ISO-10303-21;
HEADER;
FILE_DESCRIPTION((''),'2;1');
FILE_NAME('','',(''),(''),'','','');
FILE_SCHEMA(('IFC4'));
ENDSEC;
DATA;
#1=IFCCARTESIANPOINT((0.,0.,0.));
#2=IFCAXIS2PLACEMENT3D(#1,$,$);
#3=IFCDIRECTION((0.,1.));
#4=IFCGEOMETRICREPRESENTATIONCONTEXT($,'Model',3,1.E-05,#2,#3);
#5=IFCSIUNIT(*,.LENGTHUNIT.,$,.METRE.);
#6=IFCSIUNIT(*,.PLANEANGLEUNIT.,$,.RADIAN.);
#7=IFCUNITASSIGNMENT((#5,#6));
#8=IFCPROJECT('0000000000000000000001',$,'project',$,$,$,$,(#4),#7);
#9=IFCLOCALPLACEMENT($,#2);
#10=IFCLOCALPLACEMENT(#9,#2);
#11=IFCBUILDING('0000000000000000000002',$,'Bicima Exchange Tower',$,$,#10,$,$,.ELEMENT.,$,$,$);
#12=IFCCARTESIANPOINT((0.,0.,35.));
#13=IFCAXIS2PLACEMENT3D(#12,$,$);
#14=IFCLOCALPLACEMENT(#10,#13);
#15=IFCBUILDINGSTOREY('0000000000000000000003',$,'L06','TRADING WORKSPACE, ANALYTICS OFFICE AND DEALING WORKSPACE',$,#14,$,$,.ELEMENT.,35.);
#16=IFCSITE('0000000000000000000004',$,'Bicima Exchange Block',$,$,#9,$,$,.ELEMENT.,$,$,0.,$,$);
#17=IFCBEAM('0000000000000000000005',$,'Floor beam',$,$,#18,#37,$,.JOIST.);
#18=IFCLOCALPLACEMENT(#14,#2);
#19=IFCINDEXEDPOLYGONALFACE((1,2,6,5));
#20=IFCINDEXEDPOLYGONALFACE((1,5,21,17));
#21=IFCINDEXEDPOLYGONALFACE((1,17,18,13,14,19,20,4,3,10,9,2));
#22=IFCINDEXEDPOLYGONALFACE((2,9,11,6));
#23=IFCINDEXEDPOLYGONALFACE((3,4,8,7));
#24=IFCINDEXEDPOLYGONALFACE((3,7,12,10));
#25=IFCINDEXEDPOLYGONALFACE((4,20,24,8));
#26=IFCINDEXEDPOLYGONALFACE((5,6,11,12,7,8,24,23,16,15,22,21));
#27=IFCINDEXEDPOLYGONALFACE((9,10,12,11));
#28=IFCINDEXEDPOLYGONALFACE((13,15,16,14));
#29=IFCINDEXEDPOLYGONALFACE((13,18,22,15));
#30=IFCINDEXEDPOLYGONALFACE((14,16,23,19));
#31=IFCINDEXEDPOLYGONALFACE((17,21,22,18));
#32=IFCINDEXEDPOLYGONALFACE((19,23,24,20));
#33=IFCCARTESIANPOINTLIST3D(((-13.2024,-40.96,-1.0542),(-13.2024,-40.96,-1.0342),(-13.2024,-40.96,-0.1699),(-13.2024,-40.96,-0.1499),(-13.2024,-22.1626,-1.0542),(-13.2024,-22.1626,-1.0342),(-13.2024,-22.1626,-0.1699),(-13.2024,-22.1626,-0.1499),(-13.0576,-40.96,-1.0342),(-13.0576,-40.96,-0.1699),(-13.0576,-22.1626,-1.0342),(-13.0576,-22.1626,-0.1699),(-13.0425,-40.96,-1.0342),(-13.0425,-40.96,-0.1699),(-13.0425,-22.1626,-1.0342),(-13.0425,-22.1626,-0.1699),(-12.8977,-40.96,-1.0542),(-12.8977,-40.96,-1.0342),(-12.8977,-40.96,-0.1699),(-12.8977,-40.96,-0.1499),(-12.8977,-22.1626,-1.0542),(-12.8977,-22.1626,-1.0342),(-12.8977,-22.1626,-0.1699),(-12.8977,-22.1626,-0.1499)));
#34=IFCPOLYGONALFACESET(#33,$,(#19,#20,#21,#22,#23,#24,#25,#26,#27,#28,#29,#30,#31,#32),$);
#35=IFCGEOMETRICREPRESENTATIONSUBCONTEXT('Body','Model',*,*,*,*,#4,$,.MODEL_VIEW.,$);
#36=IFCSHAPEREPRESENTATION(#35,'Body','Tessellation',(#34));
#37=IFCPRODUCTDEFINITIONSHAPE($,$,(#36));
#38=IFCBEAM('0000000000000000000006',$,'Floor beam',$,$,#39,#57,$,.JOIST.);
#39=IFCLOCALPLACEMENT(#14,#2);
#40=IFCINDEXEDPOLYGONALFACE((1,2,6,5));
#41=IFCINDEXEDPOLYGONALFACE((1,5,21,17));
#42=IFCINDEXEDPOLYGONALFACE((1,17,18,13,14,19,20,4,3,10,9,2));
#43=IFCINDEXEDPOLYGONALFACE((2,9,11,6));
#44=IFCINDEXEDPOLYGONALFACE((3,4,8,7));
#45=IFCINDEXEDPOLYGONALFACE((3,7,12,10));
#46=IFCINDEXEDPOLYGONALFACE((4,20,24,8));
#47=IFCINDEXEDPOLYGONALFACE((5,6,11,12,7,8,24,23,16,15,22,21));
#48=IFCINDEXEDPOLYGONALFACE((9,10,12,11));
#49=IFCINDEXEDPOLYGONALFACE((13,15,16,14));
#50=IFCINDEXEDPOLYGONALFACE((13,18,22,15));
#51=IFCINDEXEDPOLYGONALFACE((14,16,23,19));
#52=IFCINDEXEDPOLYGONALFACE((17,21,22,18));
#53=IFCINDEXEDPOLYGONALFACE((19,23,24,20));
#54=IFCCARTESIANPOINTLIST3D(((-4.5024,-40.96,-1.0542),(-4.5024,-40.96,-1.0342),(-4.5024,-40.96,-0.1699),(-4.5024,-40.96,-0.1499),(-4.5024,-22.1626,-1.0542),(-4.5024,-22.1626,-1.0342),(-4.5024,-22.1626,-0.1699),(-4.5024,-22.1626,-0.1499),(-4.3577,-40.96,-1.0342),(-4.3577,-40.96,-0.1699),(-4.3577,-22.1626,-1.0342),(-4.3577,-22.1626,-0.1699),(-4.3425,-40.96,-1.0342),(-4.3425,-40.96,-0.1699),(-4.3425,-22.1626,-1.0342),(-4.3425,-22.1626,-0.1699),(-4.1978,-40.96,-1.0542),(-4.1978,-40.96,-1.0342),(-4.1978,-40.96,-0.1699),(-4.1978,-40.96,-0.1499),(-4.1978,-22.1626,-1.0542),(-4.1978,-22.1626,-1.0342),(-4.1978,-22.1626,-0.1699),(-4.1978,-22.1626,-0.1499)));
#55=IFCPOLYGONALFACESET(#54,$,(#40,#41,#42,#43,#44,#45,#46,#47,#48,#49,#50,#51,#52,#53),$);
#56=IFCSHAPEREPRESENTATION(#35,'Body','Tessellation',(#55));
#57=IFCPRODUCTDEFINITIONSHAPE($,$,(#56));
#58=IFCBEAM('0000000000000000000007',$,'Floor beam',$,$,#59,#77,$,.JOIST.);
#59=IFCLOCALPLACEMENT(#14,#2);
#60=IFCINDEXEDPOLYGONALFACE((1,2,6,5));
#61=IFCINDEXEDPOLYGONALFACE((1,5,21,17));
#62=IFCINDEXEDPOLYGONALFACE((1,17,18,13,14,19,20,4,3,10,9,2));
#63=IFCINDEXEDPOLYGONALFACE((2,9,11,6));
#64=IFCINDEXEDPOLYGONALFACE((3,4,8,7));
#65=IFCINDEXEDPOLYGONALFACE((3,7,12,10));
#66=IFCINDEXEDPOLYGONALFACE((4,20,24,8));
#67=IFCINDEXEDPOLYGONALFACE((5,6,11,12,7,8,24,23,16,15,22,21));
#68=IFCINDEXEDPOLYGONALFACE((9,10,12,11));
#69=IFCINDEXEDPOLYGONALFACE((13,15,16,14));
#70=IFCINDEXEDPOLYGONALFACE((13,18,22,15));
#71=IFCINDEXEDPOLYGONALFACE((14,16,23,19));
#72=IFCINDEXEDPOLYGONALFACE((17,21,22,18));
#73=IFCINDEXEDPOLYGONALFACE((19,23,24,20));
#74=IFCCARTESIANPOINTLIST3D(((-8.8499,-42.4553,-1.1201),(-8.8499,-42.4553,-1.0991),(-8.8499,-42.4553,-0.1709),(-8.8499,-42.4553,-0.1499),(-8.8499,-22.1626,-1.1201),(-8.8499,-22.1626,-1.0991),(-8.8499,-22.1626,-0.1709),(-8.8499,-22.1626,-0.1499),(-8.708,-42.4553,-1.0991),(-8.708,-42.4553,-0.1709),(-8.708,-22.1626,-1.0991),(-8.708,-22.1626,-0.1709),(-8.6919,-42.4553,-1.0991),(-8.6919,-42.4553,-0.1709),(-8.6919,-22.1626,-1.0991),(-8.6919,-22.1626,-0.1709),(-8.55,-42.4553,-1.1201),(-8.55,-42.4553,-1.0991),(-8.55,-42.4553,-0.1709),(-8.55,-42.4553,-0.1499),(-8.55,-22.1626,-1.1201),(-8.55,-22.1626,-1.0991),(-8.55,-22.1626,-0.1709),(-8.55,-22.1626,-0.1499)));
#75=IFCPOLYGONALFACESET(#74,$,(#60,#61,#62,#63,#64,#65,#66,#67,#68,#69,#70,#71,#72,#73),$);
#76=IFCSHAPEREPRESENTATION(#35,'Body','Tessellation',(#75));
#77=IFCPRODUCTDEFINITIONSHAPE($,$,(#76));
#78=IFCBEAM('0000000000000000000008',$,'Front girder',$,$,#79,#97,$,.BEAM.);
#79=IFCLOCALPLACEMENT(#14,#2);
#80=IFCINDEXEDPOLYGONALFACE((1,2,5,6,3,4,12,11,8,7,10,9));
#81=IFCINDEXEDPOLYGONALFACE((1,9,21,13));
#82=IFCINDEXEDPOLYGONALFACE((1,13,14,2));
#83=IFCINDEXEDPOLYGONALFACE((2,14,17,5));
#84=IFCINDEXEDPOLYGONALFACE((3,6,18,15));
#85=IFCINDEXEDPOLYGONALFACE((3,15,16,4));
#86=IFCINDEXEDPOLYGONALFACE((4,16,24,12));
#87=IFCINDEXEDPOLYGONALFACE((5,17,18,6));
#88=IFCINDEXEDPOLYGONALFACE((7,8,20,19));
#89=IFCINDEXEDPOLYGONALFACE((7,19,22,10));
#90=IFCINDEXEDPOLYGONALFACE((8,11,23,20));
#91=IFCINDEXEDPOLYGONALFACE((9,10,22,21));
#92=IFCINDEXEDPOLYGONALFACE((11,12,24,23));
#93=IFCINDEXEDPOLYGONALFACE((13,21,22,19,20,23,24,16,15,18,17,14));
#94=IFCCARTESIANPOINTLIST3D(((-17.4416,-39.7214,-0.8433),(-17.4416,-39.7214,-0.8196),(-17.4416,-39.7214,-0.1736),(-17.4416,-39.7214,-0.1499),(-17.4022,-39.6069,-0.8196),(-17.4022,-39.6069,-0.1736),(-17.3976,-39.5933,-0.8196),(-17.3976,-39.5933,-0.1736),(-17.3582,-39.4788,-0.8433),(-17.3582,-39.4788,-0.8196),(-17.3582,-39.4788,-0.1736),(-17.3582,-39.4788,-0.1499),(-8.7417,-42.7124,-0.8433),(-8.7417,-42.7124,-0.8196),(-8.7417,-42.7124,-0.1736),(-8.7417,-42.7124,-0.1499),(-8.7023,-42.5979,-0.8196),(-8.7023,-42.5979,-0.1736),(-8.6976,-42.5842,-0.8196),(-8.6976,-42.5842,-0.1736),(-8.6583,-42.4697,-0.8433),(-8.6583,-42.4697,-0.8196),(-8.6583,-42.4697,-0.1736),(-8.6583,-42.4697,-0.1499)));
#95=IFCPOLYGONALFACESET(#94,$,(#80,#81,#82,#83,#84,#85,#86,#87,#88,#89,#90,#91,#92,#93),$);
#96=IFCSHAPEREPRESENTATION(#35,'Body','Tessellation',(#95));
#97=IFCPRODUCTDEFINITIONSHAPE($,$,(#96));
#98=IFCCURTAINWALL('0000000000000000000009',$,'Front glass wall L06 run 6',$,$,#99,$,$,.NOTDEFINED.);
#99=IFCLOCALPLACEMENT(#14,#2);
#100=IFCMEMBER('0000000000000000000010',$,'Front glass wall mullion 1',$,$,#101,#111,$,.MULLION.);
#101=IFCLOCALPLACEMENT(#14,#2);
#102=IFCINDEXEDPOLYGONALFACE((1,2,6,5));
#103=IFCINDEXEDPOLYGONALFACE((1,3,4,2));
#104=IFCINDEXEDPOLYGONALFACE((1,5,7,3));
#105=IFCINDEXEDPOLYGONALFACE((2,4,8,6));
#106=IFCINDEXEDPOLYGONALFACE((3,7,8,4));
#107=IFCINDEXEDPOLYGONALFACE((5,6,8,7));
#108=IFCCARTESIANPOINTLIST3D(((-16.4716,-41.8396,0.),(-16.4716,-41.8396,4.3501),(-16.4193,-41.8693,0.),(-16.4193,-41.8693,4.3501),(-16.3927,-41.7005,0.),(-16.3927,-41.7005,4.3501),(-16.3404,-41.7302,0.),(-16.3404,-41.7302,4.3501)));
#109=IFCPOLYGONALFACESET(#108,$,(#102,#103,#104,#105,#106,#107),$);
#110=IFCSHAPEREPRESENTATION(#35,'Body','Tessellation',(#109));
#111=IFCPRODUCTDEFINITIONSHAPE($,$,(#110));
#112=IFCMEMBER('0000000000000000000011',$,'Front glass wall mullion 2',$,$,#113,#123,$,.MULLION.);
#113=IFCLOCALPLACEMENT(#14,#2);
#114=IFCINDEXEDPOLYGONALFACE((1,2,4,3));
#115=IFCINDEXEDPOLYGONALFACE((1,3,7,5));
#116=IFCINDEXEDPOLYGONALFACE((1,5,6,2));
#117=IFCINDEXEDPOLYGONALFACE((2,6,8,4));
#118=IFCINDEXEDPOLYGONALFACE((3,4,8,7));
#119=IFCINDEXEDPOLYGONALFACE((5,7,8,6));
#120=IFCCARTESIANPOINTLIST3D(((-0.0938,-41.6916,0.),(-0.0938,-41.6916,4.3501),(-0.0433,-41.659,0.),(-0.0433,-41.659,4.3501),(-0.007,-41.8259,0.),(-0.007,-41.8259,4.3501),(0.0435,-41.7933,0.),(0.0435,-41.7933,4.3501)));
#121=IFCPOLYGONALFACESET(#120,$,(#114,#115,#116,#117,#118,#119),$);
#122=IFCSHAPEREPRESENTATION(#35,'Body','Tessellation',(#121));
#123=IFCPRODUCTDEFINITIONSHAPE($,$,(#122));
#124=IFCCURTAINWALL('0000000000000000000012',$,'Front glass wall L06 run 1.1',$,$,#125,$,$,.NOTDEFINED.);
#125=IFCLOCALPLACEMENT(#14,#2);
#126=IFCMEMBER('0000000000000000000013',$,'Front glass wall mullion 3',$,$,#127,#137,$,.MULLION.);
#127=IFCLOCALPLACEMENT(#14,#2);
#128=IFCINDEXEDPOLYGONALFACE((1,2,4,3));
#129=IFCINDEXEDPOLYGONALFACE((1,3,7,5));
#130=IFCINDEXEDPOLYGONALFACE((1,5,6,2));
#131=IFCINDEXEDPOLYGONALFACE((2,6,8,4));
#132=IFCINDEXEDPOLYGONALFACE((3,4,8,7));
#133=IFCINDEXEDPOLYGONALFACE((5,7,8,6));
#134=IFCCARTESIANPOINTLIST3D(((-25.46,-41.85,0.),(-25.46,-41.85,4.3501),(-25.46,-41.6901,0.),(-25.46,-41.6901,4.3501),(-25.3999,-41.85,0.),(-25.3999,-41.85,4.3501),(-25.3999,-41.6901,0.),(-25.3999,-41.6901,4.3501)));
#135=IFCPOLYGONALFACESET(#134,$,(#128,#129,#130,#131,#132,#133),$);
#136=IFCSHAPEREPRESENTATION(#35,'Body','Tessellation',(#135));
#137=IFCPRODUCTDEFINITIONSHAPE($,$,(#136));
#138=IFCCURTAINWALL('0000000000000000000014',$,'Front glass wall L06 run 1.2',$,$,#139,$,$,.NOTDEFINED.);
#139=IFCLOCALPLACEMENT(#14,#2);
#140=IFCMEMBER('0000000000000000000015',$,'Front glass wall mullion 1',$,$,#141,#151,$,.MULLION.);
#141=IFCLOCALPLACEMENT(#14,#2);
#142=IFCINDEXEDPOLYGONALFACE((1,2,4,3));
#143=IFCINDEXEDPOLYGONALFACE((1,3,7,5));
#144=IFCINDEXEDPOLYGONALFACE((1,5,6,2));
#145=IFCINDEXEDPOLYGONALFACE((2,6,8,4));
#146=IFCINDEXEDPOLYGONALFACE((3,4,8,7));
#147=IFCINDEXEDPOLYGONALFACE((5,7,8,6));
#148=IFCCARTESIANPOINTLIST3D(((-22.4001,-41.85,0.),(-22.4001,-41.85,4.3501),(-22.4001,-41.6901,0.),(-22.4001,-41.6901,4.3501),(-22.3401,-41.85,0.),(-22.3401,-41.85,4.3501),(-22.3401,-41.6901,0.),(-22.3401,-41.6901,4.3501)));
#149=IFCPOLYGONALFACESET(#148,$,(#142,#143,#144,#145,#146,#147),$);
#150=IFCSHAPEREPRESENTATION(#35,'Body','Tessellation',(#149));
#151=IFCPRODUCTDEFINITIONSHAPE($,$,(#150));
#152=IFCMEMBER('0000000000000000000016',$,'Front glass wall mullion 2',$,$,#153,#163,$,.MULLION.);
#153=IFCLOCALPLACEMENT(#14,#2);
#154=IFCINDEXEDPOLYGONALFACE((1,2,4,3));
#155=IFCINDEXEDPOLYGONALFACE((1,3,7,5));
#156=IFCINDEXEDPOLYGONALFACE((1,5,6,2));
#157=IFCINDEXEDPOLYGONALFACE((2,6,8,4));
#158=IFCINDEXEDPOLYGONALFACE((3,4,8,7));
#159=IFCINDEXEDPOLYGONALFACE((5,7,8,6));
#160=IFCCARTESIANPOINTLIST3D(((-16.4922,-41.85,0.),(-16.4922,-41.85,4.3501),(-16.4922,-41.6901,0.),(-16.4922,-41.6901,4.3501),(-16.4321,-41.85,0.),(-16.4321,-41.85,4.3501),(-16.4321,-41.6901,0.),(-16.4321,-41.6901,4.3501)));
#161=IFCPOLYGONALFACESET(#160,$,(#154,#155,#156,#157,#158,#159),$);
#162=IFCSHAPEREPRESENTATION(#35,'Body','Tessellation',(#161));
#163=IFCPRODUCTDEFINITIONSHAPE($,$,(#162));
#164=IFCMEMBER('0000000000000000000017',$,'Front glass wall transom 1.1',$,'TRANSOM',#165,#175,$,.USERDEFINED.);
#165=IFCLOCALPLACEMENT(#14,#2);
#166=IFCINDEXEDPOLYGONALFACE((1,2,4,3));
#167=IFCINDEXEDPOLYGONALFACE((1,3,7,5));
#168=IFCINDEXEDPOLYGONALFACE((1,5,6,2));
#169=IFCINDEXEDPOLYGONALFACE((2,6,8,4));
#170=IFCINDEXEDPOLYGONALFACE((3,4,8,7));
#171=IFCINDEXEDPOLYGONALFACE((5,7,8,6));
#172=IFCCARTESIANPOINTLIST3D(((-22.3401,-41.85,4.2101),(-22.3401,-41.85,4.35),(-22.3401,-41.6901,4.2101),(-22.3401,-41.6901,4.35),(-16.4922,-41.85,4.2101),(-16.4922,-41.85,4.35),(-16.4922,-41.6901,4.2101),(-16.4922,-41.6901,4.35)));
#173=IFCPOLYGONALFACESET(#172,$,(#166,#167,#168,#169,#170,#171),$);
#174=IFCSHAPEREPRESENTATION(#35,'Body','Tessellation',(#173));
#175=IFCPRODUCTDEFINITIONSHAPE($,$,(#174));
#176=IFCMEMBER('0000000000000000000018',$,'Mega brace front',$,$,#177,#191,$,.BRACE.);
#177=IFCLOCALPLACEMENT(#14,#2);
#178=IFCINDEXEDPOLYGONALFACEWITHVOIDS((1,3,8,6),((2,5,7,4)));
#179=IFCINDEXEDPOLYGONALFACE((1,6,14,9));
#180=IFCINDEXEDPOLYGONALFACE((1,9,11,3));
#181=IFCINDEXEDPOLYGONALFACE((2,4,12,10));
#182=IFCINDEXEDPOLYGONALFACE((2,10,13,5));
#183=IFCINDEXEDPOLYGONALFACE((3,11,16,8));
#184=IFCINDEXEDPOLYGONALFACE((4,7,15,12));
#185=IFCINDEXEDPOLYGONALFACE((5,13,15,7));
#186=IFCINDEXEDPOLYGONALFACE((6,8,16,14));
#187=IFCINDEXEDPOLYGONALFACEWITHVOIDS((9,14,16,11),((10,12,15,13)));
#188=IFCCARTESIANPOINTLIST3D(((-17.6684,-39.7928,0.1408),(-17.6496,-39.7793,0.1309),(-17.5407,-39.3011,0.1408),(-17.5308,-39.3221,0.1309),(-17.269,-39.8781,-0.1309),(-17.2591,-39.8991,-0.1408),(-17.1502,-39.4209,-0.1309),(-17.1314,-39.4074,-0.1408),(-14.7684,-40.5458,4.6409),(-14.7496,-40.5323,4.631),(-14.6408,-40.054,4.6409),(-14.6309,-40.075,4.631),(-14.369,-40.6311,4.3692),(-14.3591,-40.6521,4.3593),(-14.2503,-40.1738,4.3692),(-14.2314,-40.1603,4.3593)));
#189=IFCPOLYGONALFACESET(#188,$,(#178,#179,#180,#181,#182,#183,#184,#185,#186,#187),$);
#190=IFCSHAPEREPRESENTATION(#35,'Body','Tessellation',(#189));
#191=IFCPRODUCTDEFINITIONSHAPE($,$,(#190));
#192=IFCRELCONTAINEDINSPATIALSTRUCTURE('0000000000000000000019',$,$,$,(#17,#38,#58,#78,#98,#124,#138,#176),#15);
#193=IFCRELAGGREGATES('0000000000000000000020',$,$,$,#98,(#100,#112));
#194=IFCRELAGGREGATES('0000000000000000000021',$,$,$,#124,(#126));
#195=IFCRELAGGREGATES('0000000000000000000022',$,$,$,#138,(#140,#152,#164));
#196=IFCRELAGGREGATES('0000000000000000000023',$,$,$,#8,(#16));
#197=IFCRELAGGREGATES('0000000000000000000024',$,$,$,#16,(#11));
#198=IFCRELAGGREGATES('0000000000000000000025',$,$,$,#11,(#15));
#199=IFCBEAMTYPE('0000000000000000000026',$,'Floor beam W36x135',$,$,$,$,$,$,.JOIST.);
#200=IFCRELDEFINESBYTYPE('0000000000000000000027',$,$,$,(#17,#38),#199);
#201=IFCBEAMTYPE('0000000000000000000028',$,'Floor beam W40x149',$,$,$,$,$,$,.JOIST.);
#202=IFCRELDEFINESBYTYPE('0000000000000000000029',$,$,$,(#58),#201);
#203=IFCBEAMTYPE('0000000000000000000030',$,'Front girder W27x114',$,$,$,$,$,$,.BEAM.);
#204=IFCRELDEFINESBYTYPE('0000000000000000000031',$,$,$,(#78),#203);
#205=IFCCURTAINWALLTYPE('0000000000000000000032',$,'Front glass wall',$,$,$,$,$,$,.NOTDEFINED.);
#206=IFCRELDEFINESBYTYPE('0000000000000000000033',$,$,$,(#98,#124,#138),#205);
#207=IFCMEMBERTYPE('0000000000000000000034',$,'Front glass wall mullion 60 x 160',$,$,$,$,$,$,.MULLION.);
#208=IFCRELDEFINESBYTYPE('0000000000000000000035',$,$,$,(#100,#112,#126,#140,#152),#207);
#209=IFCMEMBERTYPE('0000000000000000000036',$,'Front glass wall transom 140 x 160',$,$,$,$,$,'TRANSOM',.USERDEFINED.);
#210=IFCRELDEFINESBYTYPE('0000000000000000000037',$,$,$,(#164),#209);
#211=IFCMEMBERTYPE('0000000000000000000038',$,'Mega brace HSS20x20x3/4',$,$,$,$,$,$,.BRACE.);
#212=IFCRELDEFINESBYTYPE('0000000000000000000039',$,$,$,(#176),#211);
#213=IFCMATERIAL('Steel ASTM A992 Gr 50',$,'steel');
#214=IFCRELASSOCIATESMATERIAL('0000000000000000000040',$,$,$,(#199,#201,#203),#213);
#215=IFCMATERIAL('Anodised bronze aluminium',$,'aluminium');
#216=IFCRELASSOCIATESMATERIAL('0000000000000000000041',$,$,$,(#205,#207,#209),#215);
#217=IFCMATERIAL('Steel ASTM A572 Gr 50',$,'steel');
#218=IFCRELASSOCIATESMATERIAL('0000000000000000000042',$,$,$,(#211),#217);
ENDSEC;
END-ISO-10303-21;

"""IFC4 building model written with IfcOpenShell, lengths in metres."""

from ifc_helpers import new_model, si_unit, direction, frame, origin, origin_2d, place, context, subcontext, project, spatial, rectangle, hollow_rectangle, i_section, extrude, material, material_profile, profile_set, type_object, element, aggregate, save


model = new_model("IFC4")

# Units and contexts
model_context = context("Model", 3, precision=1e-05, world=origin(), true_north=direction((0.0, 1.0)))
body_context = subcontext(model_context, "Body", "Model", "MODEL_VIEW")
ifc_project = project(units=[si_unit("LENGTHUNIT", "METRE"), si_unit("PLANEANGLEUNIT", "RADIAN")], contexts=[model_context])

# Site, building, storey
site_placement = place(None, origin())
site = spatial("IfcSite", under=ifc_project, at=site_placement, Name="Bicima Exchange Block", CompositionType="ELEMENT", RefElevation=0.0)
building_placement = place(site_placement, origin())
building = spatial("IfcBuilding", under=site, at=building_placement, Name="Bicima Exchange Tower", CompositionType="ELEMENT")
storey_placement = place(building_placement, frame((0.0, 0.0, 35.0)))
storey = spatial("IfcBuildingStorey", under=building, at=storey_placement, Name="L06", Description="TRADING WORKSPACE, ANALYTICS OFFICE AND DEALING WORKSPACE", CompositionType="ELEMENT", Elevation=35.0)

# Shared definitions
ifc_material_1 = material(Name="Steel ASTM A992 Gr 50", Category="steel")

# Beams
ifc_material_profile_1 = material_profile(ifc_material_1, i_section(OverallWidth=0.3047, OverallDepth=0.9043, WebThickness=0.0151, FlangeThickness=0.02, at=origin_2d()))
ifc_profile_set_1 = profile_set([ifc_material_profile_1], Name="Steel ASTM A992 Gr 50")
beam_type_1 = type_object("IfcBeamType", Name="Floor beam W36x135", PredefinedType="JOIST", material=ifc_profile_set_1)
for number, where, z_axis, x_axis, name in (
    (1, (-13.05, -22.1626, -0.6021), (0.0, -1.0, 0.0), (1.0, 0.0, 0.0), "Floor beam"),
    (2, (-4.3501, -22.1626, -0.6021), (0.0, -1.0, 0.0), (1.0, 0.0, 0.0), "Floor beam"),
):
    element("IfcBeam", number, at=place(storey_placement, frame(where, z_axis=z_axis, x_axis=x_axis)), inside=storey, type_object=beam_type_1, Name=name, PredefinedType="JOIST", context=body_context, shape_type="SweptSolid", body=[
        extrude(i_section(OverallWidth=0.3047, OverallDepth=0.9043, WebThickness=0.0151, FlangeThickness=0.02, at=origin_2d()), origin(), (0.0, 0.0, 1.0), 18.7974),
    ])
ifc_material_profile_2 = material_profile(ifc_material_1, i_section(OverallWidth=0.2998, OverallDepth=0.9702, WebThickness=0.0161, FlangeThickness=0.021, at=origin_2d()))
ifc_profile_set_2 = profile_set([ifc_material_profile_2], Name="Steel ASTM A992 Gr 50")
beam_type_2 = type_object("IfcBeamType", Name="Floor beam W40x149", PredefinedType="JOIST", material=ifc_profile_set_2)
beam_1_placement = place(storey_placement, frame((-8.7, -22.1626, -0.635), z_axis=(0.0, -1.0, 0.0), x_axis=(1.0, 0.0, 0.0)))
element("IfcBeam", 3, at=beam_1_placement, inside=storey, type_object=beam_type_2, Name="Floor beam", PredefinedType="JOIST", context=body_context, shape_type="SweptSolid", body=[
    extrude(i_section(OverallWidth=0.2998, OverallDepth=0.9702, WebThickness=0.0161, FlangeThickness=0.021, at=origin_2d()), origin(), (0.0, 0.0, 1.0), 20.2927),
])
ifc_material_profile_3 = material_profile(ifc_material_1, i_section(OverallWidth=0.2566, OverallDepth=0.6934, WebThickness=0.0144, FlangeThickness=0.0237, at=origin_2d()))
ifc_profile_set_3 = profile_set([ifc_material_profile_3], Name="Steel ASTM A992 Gr 50")
beam_type_3 = type_object("IfcBeamType", Name="Front girder W27x114", PredefinedType="BEAM", material=ifc_profile_set_3)
beam_2_placement = place(storey_placement, frame((-17.3999, -39.6001, -0.4966), z_axis=(0.945675, -0.325115, 0.0), x_axis=(0.325115, 0.945675, 0.0)))
element("IfcBeam", 4, at=beam_2_placement, inside=storey, type_object=beam_type_3, Name="Front girder", PredefinedType="BEAM", context=body_context, shape_type="SweptSolid", body=[
    extrude(i_section(OverallWidth=0.2566, OverallDepth=0.6934, WebThickness=0.0144, FlangeThickness=0.0237, at=origin_2d()), origin(), (0.0, 0.0, 1.0), 9.1997),
])

# Curtain wall, members
ifc_material_2 = material(Name="Anodised bronze aluminium", Category="aluminium")
curtain_wall_type = type_object("IfcCurtainWallType", Name="Front glass wall", PredefinedType="NOTDEFINED", material=ifc_material_2)
curtain_wall_1_placement = place(storey_placement, origin())
curtain_wall_1 = element("IfcCurtainWall", 5, at=curtain_wall_1_placement, inside=storey, type_object=curtain_wall_type, Name="Front glass wall L06 run 6", PredefinedType="NOTDEFINED")
ifc_material_profile_4 = material_profile(ifc_material_2, rectangle(XDim=0.1599, YDim=0.0601, at=origin_2d()))
ifc_profile_set_4 = profile_set([ifc_material_profile_4], Name="Anodised bronze aluminium")
member_type_1 = type_object("IfcMemberType", Name="Front glass wall mullion 60 x 160", PredefinedType="MULLION", material=ifc_profile_set_4)
member_1_placement = place(storey_placement, frame((-16.406, -41.7849, 0.0), z_axis=(0.0, 0.0, 1.0), x_axis=(0.493395, 0.869805, 0.0)))
member_1 = element("IfcMember", 6, at=member_1_placement, type_object=member_type_1, Name="Front glass wall mullion 1", PredefinedType="MULLION", context=body_context, shape_type="SweptSolid", body=[
    extrude(rectangle(XDim=0.1599, YDim=0.0601, at=origin_2d()), origin(), (0.0, 0.0, 1.0), 4.3501),
])
member_2_placement = place(storey_placement, frame((-0.0251, -41.7424, 0.0), z_axis=(0.0, 0.0, 1.0), x_axis=(-0.542897, 0.839799, 0.0)))
member_2 = element("IfcMember", 7, at=member_2_placement, type_object=member_type_1, Name="Front glass wall mullion 2", PredefinedType="MULLION", context=body_context, shape_type="SweptSolid", body=[
    extrude(rectangle(XDim=0.1599, YDim=0.0601, at=origin_2d()), origin(), (0.0, 0.0, 1.0), 4.3501),
])
aggregate(curtain_wall_1, [member_1, member_2])

# Curtain wall, member
curtain_wall_2_placement = place(storey_placement, origin())
curtain_wall_2 = element("IfcCurtainWall", 8, at=curtain_wall_2_placement, inside=storey, type_object=curtain_wall_type, Name="Front glass wall L06 run 1.1", PredefinedType="NOTDEFINED")
member_3_placement = place(storey_placement, frame((-25.4299, -41.77, 0.0), z_axis=(0.0, 0.0, 1.0), x_axis=(0.0, 1.0, 0.0)))
member_3 = element("IfcMember", 9, at=member_3_placement, type_object=member_type_1, Name="Front glass wall mullion 3", PredefinedType="MULLION", context=body_context, shape_type="SweptSolid", body=[
    extrude(rectangle(XDim=0.1599, YDim=0.0601, at=origin_2d()), origin(), (0.0, 0.0, 1.0), 4.3501),
])
aggregate(curtain_wall_2, [member_3])

# Curtain wall, members
curtain_wall_3_placement = place(storey_placement, origin())
curtain_wall_3 = element("IfcCurtainWall", 10, at=curtain_wall_3_placement, inside=storey, type_object=curtain_wall_type, Name="Front glass wall L06 run 1.2", PredefinedType="NOTDEFINED")
member_4_placement = place(storey_placement, frame((-22.3701, -41.77, 0.0), z_axis=(0.0, 0.0, 1.0), x_axis=(0.0, 1.0, 0.0)))
member_4 = element("IfcMember", 11, at=member_4_placement, type_object=member_type_1, Name="Front glass wall mullion 1", PredefinedType="MULLION", context=body_context, shape_type="SweptSolid", body=[
    extrude(rectangle(XDim=0.1599, YDim=0.0601, at=origin_2d()), origin(), (0.0, 0.0, 1.0), 4.3501),
])
member_5_placement = place(storey_placement, frame((-16.4622, -41.77, 0.0), z_axis=(0.0, 0.0, 1.0), x_axis=(0.0, 1.0, 0.0)))
member_5 = element("IfcMember", 12, at=member_5_placement, type_object=member_type_1, Name="Front glass wall mullion 2", PredefinedType="MULLION", context=body_context, shape_type="SweptSolid", body=[
    extrude(rectangle(XDim=0.1599, YDim=0.0601, at=origin_2d()), origin(), (0.0, 0.0, 1.0), 4.3501),
])
ifc_material_profile_5 = material_profile(ifc_material_2, rectangle(XDim=0.1599, YDim=0.1399, at=origin_2d()))
ifc_profile_set_5 = profile_set([ifc_material_profile_5], Name="Anodised bronze aluminium")
member_type_2 = type_object("IfcMemberType", Name="Front glass wall transom 140 x 160", ElementType="TRANSOM", PredefinedType="USERDEFINED", material=ifc_profile_set_5)
member_6_placement = place(storey_placement, frame((-22.3401, -41.77, 4.28), z_axis=(1.0, 0.0, 0.0), x_axis=(0.0, 1.0, 0.0)))
member_6 = element("IfcMember", 13, at=member_6_placement, type_object=member_type_2, Name="Front glass wall transom 1.1", ObjectType="TRANSOM", PredefinedType="USERDEFINED", context=body_context, shape_type="SweptSolid", body=[
    extrude(rectangle(XDim=0.1599, YDim=0.1399, at=origin_2d()), origin(), (0.0, 0.0, 1.0), 5.8479),
])

# Member
ifc_material_3 = material(Name="Steel ASTM A572 Gr 50", Category="steel")
ifc_material_profile_6 = material_profile(ifc_material_3, hollow_rectangle(XDim=0.5081, YDim=0.5081, WallThickness=0.0178, at=origin_2d()))
ifc_profile_set_6 = profile_set([ifc_material_profile_6], Name="Steel ASTM A572 Gr 50")
member_type_3 = type_object("IfcMemberType", Name="Mega brace HSS20x20x3/4", PredefinedType="BRACE", material=ifc_profile_set_6)
member_7_placement = place(storey_placement, frame((-17.3999, -39.6001, 0.0), z_axis=(0.536409, -0.139273, 0.832387), x_axis=(0.251307, 0.967907, 0.0)))
element("IfcMember", 14, at=member_7_placement, inside=storey, type_object=member_type_3, Name="Mega brace front", PredefinedType="BRACE", context=body_context, shape_type="SweptSolid", body=[
    extrude(hollow_rectangle(XDim=0.5081, YDim=0.5081, WallThickness=0.0178, at=origin_2d()), origin(), (0.0, 0.0, 1.0), 5.4062),
])

aggregate(curtain_wall_3, [member_4, member_5, member_6])

save(model, "model.ifc")
